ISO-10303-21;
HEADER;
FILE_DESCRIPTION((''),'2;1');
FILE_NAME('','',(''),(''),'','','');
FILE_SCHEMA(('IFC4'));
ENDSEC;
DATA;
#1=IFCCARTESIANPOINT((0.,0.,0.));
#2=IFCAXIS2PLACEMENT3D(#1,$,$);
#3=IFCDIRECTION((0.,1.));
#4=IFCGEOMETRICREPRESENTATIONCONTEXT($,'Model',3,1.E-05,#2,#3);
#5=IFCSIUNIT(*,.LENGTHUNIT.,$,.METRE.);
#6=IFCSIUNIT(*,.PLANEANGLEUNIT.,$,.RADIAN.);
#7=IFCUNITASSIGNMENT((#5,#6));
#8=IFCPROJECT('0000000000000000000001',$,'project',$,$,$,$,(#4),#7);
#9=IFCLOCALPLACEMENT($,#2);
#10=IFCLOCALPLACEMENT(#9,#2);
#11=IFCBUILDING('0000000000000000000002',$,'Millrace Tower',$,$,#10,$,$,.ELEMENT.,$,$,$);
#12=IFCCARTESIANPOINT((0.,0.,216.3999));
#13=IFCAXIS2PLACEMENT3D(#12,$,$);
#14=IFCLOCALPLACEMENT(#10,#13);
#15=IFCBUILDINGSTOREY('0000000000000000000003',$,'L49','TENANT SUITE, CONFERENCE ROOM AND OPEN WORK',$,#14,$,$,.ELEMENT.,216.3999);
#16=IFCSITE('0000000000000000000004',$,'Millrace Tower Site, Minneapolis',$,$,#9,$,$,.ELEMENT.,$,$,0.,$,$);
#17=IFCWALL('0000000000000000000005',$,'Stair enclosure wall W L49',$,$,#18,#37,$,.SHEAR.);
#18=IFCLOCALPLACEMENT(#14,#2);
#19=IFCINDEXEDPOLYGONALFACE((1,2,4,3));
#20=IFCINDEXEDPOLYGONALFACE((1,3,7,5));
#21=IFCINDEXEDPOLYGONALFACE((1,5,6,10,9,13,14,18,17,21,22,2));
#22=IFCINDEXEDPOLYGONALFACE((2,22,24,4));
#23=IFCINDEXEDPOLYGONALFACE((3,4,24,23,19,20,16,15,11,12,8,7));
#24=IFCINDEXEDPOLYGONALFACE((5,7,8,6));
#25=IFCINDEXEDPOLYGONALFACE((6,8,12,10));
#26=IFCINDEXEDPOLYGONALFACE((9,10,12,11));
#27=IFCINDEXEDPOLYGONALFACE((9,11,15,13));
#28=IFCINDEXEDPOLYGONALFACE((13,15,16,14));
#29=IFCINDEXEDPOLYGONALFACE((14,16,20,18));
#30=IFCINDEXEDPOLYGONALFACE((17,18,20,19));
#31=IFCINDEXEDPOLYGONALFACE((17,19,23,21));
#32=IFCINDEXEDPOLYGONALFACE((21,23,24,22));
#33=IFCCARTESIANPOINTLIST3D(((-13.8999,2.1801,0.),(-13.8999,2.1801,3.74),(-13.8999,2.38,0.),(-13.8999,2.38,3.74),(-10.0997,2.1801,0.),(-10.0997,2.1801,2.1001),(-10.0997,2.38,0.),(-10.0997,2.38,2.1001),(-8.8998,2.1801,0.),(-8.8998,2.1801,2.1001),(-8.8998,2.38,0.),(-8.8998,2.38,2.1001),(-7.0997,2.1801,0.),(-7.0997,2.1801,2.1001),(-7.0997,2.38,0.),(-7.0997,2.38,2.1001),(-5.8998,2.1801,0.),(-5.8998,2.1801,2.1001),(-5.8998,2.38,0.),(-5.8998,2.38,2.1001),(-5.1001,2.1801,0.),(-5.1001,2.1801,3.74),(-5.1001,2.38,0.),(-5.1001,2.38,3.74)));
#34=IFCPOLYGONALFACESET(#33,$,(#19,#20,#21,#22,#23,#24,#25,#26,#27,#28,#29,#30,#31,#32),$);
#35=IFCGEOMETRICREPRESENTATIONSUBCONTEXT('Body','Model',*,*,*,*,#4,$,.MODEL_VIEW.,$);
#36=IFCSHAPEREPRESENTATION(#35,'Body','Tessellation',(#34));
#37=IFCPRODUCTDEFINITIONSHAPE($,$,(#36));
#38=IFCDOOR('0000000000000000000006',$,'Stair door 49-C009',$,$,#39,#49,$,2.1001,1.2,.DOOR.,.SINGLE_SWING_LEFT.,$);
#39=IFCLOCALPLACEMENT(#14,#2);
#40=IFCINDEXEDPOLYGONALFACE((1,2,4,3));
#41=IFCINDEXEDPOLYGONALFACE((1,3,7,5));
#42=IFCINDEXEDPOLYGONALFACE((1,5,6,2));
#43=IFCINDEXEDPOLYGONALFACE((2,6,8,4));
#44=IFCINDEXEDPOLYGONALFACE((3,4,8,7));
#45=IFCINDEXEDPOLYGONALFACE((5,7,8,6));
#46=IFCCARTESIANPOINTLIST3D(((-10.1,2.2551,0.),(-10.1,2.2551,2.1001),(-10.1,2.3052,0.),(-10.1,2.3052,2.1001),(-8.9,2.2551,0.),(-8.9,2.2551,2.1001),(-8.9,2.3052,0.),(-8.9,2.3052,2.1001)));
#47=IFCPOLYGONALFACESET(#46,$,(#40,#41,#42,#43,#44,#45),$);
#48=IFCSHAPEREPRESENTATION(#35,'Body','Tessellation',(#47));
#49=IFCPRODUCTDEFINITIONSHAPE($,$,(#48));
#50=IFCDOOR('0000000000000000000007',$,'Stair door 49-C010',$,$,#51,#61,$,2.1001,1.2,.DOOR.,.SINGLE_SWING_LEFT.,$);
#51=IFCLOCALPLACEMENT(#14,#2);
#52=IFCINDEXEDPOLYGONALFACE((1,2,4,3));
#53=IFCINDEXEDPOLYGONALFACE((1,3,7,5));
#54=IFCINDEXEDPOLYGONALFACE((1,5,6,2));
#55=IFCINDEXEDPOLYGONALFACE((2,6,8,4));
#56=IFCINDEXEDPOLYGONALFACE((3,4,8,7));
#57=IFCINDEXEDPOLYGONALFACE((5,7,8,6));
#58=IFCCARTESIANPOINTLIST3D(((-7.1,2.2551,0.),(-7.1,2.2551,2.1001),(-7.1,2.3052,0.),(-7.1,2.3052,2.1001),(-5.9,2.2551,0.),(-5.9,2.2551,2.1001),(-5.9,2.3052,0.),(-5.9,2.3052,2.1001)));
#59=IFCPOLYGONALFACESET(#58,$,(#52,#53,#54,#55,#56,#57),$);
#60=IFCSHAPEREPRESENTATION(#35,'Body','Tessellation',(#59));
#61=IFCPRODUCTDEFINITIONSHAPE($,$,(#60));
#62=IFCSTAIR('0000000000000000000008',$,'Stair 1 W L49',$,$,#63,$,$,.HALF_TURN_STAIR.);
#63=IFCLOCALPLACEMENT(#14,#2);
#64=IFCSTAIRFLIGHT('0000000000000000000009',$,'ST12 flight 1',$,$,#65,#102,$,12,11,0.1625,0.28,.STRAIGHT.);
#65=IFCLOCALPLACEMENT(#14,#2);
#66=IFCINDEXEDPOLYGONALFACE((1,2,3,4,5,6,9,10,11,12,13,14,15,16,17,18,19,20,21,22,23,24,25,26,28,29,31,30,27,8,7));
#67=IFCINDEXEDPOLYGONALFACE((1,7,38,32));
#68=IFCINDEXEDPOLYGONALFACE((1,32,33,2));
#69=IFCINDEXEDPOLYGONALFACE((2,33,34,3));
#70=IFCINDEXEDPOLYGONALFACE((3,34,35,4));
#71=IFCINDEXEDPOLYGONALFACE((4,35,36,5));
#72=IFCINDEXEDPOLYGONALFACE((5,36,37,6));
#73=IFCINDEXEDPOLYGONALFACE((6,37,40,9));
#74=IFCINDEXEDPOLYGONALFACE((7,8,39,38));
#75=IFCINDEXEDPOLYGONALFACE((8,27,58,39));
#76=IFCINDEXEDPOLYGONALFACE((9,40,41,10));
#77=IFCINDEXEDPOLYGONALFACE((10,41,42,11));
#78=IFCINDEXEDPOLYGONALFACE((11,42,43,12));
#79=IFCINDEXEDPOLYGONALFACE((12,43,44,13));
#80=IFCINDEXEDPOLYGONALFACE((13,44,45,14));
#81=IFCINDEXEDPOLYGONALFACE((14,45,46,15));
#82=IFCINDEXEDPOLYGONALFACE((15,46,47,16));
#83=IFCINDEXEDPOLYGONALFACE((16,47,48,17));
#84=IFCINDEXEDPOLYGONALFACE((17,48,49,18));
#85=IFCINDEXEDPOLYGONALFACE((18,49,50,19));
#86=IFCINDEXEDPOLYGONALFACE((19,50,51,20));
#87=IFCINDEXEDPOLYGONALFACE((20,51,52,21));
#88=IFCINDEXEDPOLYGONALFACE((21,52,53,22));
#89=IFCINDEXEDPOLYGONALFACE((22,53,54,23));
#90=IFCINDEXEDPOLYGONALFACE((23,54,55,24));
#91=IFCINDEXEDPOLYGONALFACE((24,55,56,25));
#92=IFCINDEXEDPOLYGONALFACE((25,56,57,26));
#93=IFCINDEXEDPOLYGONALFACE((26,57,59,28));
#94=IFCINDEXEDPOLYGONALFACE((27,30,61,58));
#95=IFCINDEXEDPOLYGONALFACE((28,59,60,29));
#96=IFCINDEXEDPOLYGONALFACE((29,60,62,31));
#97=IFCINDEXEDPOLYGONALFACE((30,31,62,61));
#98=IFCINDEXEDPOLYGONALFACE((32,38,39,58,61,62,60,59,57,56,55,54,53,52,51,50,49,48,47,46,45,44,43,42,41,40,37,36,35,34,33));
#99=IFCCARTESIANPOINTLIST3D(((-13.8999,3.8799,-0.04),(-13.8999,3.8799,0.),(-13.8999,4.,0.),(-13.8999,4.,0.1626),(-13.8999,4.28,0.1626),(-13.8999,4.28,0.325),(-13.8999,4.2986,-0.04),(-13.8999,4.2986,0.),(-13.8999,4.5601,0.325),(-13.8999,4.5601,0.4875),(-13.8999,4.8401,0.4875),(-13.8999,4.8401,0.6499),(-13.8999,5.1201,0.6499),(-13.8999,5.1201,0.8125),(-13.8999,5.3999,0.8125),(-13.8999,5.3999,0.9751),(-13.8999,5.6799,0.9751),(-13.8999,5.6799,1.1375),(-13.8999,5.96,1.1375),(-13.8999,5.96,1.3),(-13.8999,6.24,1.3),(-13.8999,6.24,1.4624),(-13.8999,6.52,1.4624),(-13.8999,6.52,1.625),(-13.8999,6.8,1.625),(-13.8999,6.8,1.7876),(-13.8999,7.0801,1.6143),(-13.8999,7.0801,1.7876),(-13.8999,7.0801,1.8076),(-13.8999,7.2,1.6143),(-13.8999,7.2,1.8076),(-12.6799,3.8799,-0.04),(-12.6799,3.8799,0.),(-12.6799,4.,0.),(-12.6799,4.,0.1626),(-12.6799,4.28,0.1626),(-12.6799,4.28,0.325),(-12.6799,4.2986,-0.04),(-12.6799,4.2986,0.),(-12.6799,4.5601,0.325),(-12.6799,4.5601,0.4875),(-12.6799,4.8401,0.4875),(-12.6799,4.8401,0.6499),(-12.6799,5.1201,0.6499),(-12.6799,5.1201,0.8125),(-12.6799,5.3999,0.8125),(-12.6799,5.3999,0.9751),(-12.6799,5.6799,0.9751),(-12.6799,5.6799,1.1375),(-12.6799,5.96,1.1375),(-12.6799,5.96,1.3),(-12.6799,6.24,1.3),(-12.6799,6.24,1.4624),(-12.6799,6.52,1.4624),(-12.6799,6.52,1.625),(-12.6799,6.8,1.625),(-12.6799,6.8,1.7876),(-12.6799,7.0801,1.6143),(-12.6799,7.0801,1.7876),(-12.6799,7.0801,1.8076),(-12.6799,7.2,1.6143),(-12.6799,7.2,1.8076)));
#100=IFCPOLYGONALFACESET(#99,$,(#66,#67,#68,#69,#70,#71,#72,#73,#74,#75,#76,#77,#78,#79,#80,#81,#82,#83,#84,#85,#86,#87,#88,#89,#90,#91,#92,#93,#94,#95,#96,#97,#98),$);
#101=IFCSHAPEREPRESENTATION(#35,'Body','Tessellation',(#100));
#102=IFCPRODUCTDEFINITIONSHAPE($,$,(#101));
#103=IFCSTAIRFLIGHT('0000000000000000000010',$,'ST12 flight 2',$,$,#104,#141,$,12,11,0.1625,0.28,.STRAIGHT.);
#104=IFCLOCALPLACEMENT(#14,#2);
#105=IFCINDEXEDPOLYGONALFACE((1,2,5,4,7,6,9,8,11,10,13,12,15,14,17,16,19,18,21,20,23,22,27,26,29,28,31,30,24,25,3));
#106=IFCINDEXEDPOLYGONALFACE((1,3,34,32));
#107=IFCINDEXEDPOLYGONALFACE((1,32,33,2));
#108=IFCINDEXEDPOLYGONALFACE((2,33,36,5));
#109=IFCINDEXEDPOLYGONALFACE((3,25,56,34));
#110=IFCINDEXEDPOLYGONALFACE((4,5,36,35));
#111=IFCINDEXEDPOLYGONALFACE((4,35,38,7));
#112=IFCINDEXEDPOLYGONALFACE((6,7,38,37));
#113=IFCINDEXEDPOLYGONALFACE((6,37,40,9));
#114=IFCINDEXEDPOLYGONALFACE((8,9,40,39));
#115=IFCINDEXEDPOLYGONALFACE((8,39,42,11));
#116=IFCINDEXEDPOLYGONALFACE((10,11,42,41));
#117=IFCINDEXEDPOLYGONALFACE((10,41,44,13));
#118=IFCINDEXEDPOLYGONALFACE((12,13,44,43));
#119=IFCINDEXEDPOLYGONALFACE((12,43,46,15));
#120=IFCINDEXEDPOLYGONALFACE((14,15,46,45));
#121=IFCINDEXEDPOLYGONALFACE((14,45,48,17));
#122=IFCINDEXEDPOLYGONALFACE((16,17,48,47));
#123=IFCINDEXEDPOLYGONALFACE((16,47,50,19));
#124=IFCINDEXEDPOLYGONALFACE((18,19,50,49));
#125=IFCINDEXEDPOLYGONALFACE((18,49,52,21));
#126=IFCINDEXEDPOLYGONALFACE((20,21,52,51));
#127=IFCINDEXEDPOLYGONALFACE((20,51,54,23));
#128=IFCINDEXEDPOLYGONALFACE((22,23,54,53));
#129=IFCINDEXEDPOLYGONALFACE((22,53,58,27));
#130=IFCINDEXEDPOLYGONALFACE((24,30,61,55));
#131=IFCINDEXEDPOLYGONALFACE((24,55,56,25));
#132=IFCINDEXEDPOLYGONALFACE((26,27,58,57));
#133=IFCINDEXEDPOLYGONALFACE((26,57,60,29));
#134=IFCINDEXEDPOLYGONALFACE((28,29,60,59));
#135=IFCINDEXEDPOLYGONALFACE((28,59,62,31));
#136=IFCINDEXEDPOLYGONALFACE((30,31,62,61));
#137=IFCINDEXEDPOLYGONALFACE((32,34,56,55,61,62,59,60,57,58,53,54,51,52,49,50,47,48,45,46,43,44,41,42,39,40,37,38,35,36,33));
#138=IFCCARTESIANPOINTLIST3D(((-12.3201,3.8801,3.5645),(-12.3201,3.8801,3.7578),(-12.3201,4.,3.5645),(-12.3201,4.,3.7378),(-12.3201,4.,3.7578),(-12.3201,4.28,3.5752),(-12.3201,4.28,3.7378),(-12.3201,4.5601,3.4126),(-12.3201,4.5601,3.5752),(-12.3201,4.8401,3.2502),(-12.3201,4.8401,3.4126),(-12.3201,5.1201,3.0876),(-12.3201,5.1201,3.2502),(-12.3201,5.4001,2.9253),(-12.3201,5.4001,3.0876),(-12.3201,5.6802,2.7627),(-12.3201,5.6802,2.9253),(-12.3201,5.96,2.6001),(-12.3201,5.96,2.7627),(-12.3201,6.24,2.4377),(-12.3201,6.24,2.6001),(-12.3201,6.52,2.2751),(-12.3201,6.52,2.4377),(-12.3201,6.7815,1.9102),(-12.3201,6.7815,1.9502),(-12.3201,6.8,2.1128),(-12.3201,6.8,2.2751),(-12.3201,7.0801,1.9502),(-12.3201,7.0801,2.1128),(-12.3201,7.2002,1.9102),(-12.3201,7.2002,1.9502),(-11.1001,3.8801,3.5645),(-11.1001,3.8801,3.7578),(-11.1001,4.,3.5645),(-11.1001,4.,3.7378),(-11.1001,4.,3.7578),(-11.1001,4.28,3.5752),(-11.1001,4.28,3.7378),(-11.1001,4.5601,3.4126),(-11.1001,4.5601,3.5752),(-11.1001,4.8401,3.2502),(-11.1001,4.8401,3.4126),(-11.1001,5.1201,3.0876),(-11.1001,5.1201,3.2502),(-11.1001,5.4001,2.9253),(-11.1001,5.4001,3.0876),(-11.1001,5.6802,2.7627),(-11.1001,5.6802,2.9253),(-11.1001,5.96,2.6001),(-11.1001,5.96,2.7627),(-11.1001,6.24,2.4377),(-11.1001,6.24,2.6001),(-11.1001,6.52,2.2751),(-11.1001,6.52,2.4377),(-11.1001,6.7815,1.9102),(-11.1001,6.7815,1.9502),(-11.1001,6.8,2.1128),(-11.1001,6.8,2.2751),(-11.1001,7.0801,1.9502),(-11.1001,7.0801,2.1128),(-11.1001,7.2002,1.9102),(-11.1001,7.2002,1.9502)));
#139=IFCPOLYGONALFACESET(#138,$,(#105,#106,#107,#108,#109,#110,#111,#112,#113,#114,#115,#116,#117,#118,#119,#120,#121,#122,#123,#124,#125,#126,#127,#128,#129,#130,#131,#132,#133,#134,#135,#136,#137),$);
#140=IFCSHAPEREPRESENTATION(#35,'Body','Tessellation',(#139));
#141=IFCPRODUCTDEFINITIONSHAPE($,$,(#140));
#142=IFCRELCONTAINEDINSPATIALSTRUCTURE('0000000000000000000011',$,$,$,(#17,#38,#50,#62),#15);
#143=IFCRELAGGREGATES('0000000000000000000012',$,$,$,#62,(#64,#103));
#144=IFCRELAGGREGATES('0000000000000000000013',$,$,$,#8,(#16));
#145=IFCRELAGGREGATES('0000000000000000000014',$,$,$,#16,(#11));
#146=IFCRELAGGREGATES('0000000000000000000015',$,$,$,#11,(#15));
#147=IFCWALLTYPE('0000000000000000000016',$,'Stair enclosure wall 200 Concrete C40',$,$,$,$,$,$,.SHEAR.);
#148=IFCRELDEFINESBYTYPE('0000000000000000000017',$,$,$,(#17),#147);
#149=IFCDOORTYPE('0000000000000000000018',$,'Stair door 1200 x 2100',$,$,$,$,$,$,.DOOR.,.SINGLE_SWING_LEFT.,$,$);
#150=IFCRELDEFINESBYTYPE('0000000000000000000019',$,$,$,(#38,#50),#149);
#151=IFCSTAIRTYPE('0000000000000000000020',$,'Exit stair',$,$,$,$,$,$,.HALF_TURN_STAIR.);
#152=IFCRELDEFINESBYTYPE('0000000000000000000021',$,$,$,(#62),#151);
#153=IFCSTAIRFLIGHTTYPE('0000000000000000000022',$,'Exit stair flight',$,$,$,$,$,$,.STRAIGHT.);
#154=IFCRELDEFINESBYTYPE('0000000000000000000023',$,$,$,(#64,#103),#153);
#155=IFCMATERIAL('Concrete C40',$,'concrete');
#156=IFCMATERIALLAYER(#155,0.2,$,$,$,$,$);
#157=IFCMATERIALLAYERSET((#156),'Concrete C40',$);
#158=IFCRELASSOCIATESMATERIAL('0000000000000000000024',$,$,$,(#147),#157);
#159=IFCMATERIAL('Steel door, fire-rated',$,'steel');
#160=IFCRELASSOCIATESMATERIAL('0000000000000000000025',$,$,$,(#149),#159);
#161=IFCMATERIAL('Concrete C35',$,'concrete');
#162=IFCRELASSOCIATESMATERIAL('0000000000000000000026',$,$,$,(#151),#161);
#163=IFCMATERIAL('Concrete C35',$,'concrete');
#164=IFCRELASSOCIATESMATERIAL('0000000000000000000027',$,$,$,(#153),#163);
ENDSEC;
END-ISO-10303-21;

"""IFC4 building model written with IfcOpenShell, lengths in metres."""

from ifc_helpers import new_model, si_unit, direction, frame, frame_2d, origin, place, context, subcontext, project, spatial, polyline, rectangle, outline, extrude, material, layer, layer_set, type_object, element, fill, aggregate, save


model = new_model("IFC4")

# Units and contexts
model_context = context("Model", 3, precision=1e-05, world=origin(), true_north=direction((0.0, 1.0)))
body_context = subcontext(model_context, "Body", "Model", "MODEL_VIEW")
ifc_project = project(units=[si_unit("LENGTHUNIT", "METRE"), si_unit("PLANEANGLEUNIT", "RADIAN")], contexts=[model_context])

# Site, building, storey
site_placement = place(None, origin())
site = spatial("IfcSite", under=ifc_project, at=site_placement, Name="Millrace Tower Site, Minneapolis", CompositionType="ELEMENT", RefElevation=0.0)
building_placement = place(site_placement, origin())
building = spatial("IfcBuilding", under=site, at=building_placement, Name="Millrace Tower", CompositionType="ELEMENT")
storey_placement = place(building_placement, frame((0.0, 0.0, 216.3999)))
storey = spatial("IfcBuildingStorey", under=building, at=storey_placement, Name="L49", Description="TENANT SUITE, CONFERENCE ROOM AND OPEN WORK", CompositionType="ELEMENT", Elevation=216.3999)

# Shared definitions
placement = place(storey_placement, origin())

# Shared definitions
ifc_material_1 = material(Name="Concrete C40", Category="concrete")
ifc_layer_1 = layer(ifc_material_1, 0.2)
ifc_layer_set_1 = layer_set([ifc_layer_1], Name="Concrete C40")
wall_type_1 = type_object("IfcWallType", Name="Stair enclosure wall 200 Concrete C40", PredefinedType="SHEAR", material=ifc_layer_set_1)

# Wall, openings, doors
wall_1_placement = place(storey_placement, frame((-13.8999, 2.28, 0.0), z_axis=(0.0, 0.0, 1.0), x_axis=(1.0, 0.0, 0.0)))
wall_1 = element("IfcWall", 1, at=wall_1_placement, inside=storey, type_object=wall_type_1, Name="Stair enclosure wall W L49", PredefinedType="SHEAR", context=body_context, shape_type="SweptSolid", body=[
    extrude(rectangle(XDim=8.7998, YDim=0.2, at=frame_2d((4.3999, 0.0))), origin(), (0.0, 0.0, 1.0), 3.74),
])
opening_1_placement = place(wall_1_placement, frame((3.8, 0.0, 0.0)))
opening_1 = element("IfcOpeningElement", 2, at=opening_1_placement, cuts=wall_1, PredefinedType="OPENING", context=body_context, shape_type="SweptSolid", body=[
    extrude(rectangle(XDim=1.2, YDim=2.1001, at=frame_2d((0.6001, 1.05))), frame((0.0, 0.1099, 0.0), z_axis=(0.0, -1.0, 0.0), x_axis=(1.0, 0.0, 0.0)), (0.0, 0.0, 1.0), 0.22),
])
opening_2_placement = place(wall_1_placement, frame((6.8, 0.0, 0.0)))
opening_2 = element("IfcOpeningElement", 3, at=opening_2_placement, cuts=wall_1, PredefinedType="OPENING", context=body_context, shape_type="SweptSolid", body=[
    extrude(rectangle(XDim=1.2, YDim=2.1001, at=frame_2d((0.6001, 1.05))), frame((0.0, 0.1099, 0.0), z_axis=(0.0, -1.0, 0.0), x_axis=(1.0, 0.0, 0.0)), (0.0, 0.0, 1.0), 0.22),
])
ifc_material_2 = material(Name="Steel door, fire-rated", Category="steel")
door_type_1 = type_object("IfcDoorType", Name="Stair door 1200 x 2100", OperationType="SINGLE_SWING_LEFT", PredefinedType="DOOR", material=ifc_material_2)
door_1_placement = place(opening_1_placement, frame((1.2, 0.0, 0.0), z_axis=(0.0, 0.0, 1.0), x_axis=(-1.0, 0.0, 0.0)))
door_1 = element("IfcDoor", 4, at=door_1_placement, inside=storey, type_object=door_type_1, Name="Stair door 49-C009", OperationType="SINGLE_SWING_LEFT", OverallHeight=2.1001, OverallWidth=1.2, PredefinedType="DOOR", context=body_context, shape_type="SweptSolid", body=[
    extrude(rectangle(XDim=1.2, YDim=2.1001, at=frame_2d((0.6001, 1.05))), frame((0.0, 0.0249, 0.0), z_axis=(0.0, -1.0, 0.0), x_axis=(1.0, 0.0, 0.0)), (0.0, 0.0, 1.0), 0.05),
])
fill(opening_1, door_1)
door_2_placement = place(opening_2_placement, frame((1.2, 0.0, 0.0), z_axis=(0.0, 0.0, 1.0), x_axis=(-1.0, 0.0, 0.0)))
door_2 = element("IfcDoor", 5, at=door_2_placement, inside=storey, type_object=door_type_1, Name="Stair door 49-C010", OperationType="SINGLE_SWING_LEFT", OverallHeight=2.1001, OverallWidth=1.2, PredefinedType="DOOR", context=body_context, shape_type="SweptSolid", body=[
    extrude(rectangle(XDim=1.2, YDim=2.1001, at=frame_2d((0.6001, 1.05))), frame((0.0, 0.0249, 0.0), z_axis=(0.0, -1.0, 0.0), x_axis=(1.0, 0.0, 0.0)), (0.0, 0.0, 1.0), 0.05),
])
fill(opening_2, door_2)

# Stair, stair flights
ifc_material_3 = material(Name="Concrete C35", Category="concrete")
stair_type = type_object("IfcStairType", Name="Exit stair", PredefinedType="HALF_TURN_STAIR", material=ifc_material_3)
stair = element("IfcStair", 6, at=placement, inside=storey, type_object=stair_type, Name="Stair 1 W L49", PredefinedType="HALF_TURN_STAIR")
ifc_material_4 = material(Name="Concrete C35", Category="concrete")
stair_flight_type = type_object("IfcStairFlightType", Name="Exit stair flight", PredefinedType="STRAIGHT", material=ifc_material_4)
stair_flight_1_placement = place(storey_placement, frame((-13.29, 4.0, 0.0), z_axis=(0.0, 0.0, 1.0), x_axis=(0.0, 1.0, 0.0)))
stair_flight_1 = element("IfcStairFlight", 7, at=stair_flight_1_placement, type_object=stair_flight_type, Name="ST12 flight 1", NumberOfRisers=12, NumberOfTreads=11, PredefinedType="STRAIGHT", RiserHeight=0.1625, TreadLength=0.28, context=body_context, shape_type="SweptSolid", body=[
    extrude(outline(polyline([(-0.1201, -0.04), (-0.1201, 0.0), (0.0, 0.0), (0.0, 0.1626), (0.28, 0.1626), (0.28, 0.325), (0.5601, 0.325), (0.5601, 0.4875), (0.8401, 0.4875), (0.8401, 0.6499), (1.1201, 0.6499), (1.1201, 0.8125), (1.3999, 0.8125), (1.3999, 0.9751), (1.6799, 0.9751), (1.6799, 1.1375), (1.96, 1.1375), (1.96, 1.3), (2.24, 1.3), (2.24, 1.4624), (2.52, 1.4624), (2.52, 1.625), (2.8, 1.625), (2.8, 1.7876), (3.0801, 1.7876), (3.0801, 1.8076), (3.2, 1.8076), (3.2, 1.6143), (3.0801, 1.6143), (0.2986, 0.0), (0.2986, -0.04), (-0.1201, -0.04)])), frame((0.0, 0.6099, 0.0), z_axis=(0.0, -1.0, 0.0), x_axis=(1.0, 0.0, 0.0)), (0.0, 0.0, 1.0), 1.22),
])
stair_flight_2_placement = place(storey_placement, frame((-11.71, 7.0801, 1.9502), z_axis=(0.0, 0.0, 1.0), x_axis=(0.0, -1.0, 0.0)))
stair_flight_2 = element("IfcStairFlight", 8, at=stair_flight_2_placement, type_object=stair_flight_type, Name="ST12 flight 2", NumberOfRisers=12, NumberOfTreads=11, PredefinedType="STRAIGHT", RiserHeight=0.1625, TreadLength=0.28, context=body_context, shape_type="SweptSolid", body=[
    extrude(outline(polyline([(-0.1201, -0.04), (-0.1201, 0.0), (0.0, 0.0), (0.0, 0.1626), (0.28, 0.1626), (0.28, 0.325), (0.5601, 0.325), (0.5601, 0.4875), (0.8401, 0.4875), (0.8401, 0.6499), (1.1201, 0.6499), (1.1201, 0.8125), (1.3999, 0.8125), (1.3999, 0.9751), (1.6799, 0.9751), (1.6799, 1.1375), (1.96, 1.1375), (1.96, 1.3), (2.24, 1.3), (2.24, 1.4624), (2.52, 1.4624), (2.52, 1.625), (2.8, 1.625), (2.8, 1.7876), (3.0801, 1.7876), (3.0801, 1.8076), (3.2, 1.8076), (3.2, 1.6143), (3.0801, 1.6143), (0.2986, 0.0), (0.2986, -0.04), (-0.1201, -0.04)])), frame((0.0, 0.6099, 0.0), z_axis=(0.0, -1.0, 0.0), x_axis=(1.0, 0.0, 0.0)), (0.0, 0.0, 1.0), 1.22),
])
aggregate(stair, [stair_flight_1, stair_flight_2])

save(model, "model.ifc")
